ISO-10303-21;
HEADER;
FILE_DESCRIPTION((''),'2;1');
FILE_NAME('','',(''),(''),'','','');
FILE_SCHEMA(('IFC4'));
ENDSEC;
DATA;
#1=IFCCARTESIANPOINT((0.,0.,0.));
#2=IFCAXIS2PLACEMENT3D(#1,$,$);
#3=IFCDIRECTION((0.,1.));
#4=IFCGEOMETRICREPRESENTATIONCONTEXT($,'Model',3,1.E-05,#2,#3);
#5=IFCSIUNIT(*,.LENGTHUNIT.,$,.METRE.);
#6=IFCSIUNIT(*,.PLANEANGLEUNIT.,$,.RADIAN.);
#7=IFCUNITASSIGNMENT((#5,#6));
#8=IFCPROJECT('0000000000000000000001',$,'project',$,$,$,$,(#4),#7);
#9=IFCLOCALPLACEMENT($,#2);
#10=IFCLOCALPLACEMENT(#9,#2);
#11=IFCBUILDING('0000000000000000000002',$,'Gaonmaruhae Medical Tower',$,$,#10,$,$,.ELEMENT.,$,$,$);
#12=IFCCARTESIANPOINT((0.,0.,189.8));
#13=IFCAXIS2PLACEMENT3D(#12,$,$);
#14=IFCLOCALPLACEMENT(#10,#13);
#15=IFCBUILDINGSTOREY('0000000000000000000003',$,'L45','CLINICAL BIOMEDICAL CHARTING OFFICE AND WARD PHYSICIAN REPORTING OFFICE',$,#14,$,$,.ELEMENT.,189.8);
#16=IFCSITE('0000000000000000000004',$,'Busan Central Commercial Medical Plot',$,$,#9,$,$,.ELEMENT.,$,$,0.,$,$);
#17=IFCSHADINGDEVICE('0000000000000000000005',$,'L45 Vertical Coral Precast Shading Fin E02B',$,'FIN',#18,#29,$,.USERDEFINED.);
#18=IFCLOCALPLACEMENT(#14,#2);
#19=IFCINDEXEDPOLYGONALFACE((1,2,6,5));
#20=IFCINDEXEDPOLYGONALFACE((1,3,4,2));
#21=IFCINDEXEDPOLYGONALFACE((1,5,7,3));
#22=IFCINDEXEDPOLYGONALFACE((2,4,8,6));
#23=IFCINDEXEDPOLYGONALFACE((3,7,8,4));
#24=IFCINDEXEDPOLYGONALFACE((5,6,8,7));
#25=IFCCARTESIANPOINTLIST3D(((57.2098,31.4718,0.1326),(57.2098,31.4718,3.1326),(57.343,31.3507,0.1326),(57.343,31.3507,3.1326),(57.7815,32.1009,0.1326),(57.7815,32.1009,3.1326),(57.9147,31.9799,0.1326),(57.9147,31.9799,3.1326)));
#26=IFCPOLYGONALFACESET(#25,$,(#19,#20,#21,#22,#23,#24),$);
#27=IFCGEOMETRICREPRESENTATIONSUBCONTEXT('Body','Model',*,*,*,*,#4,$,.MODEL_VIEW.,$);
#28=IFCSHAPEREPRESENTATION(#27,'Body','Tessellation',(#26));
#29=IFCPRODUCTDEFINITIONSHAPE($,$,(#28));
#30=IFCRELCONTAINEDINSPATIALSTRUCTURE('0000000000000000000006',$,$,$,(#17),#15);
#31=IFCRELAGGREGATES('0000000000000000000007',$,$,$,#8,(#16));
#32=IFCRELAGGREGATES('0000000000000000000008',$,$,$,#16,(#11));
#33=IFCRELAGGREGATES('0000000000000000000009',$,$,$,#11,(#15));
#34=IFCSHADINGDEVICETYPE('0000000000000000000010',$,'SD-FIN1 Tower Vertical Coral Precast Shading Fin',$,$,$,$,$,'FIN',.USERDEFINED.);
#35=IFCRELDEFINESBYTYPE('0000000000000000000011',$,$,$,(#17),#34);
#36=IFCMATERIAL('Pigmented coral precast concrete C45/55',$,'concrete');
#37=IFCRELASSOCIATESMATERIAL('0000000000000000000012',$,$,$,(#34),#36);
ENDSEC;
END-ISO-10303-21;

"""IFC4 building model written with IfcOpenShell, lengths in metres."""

from ifc_helpers import new_model, si_unit, direction, frame, origin, origin_2d, place, context, subcontext, project, spatial, rectangle, extrude, material, type_object, element, save


model = new_model("IFC4")

# Units and contexts
model_context = context("Model", 3, precision=1e-05, world=origin(), true_north=direction((0.0, 1.0)))
body_context = subcontext(model_context, "Body", "Model", "MODEL_VIEW")
ifc_project = project(units=[si_unit("LENGTHUNIT", "METRE"), si_unit("PLANEANGLEUNIT", "RADIAN")], contexts=[model_context])

# Site, building, storey
site_placement = place(None, origin())
site = spatial("IfcSite", under=ifc_project, at=site_placement, Name="Busan Central Commercial Medical Plot", CompositionType="ELEMENT", RefElevation=0.0)
building_placement = place(site_placement, origin())
building = spatial("IfcBuilding", under=site, at=building_placement, Name="Gaonmaruhae Medical Tower", CompositionType="ELEMENT")
storey_placement = place(building_placement, frame((0.0, 0.0, 189.8)))
storey = spatial("IfcBuildingStorey", under=building, at=storey_placement, Name="L45", Description="CLINICAL BIOMEDICAL CHARTING OFFICE AND WARD PHYSICIAN REPORTING OFFICE", CompositionType="ELEMENT", Elevation=189.8)

# Shading device
ifc_material_1 = material(Name="Pigmented coral precast concrete C45/55", Category="concrete")
shading_device_type = type_object("IfcShadingDeviceType", Name="SD-FIN1 Tower Vertical Coral Precast Shading Fin", ElementType="FIN", PredefinedType="USERDEFINED", material=ifc_material_1)
for number, where, z_axis, x_axis, name in (
    (1, (57.5623, 31.7258, 0.1326), (0.0, 0.0, 1.0), (0.740101, -0.672496, 0.0), "L45 Vertical Coral Precast Shading Fin E02B"),
):
    element("IfcShadingDevice", number, at=place(storey_placement, frame(where, z_axis=z_axis, x_axis=x_axis)), inside=storey, type_object=shading_device_type, Name=name, ObjectType="FIN", PredefinedType="USERDEFINED", context=body_context, shape_type="SweptSolid", body=[
        extrude(rectangle(XDim=0.1799, YDim=0.8501, at=origin_2d()), origin(), (0.0, 0.0, 1.0), 3.0),
    ])

save(model, "model.ifc")
